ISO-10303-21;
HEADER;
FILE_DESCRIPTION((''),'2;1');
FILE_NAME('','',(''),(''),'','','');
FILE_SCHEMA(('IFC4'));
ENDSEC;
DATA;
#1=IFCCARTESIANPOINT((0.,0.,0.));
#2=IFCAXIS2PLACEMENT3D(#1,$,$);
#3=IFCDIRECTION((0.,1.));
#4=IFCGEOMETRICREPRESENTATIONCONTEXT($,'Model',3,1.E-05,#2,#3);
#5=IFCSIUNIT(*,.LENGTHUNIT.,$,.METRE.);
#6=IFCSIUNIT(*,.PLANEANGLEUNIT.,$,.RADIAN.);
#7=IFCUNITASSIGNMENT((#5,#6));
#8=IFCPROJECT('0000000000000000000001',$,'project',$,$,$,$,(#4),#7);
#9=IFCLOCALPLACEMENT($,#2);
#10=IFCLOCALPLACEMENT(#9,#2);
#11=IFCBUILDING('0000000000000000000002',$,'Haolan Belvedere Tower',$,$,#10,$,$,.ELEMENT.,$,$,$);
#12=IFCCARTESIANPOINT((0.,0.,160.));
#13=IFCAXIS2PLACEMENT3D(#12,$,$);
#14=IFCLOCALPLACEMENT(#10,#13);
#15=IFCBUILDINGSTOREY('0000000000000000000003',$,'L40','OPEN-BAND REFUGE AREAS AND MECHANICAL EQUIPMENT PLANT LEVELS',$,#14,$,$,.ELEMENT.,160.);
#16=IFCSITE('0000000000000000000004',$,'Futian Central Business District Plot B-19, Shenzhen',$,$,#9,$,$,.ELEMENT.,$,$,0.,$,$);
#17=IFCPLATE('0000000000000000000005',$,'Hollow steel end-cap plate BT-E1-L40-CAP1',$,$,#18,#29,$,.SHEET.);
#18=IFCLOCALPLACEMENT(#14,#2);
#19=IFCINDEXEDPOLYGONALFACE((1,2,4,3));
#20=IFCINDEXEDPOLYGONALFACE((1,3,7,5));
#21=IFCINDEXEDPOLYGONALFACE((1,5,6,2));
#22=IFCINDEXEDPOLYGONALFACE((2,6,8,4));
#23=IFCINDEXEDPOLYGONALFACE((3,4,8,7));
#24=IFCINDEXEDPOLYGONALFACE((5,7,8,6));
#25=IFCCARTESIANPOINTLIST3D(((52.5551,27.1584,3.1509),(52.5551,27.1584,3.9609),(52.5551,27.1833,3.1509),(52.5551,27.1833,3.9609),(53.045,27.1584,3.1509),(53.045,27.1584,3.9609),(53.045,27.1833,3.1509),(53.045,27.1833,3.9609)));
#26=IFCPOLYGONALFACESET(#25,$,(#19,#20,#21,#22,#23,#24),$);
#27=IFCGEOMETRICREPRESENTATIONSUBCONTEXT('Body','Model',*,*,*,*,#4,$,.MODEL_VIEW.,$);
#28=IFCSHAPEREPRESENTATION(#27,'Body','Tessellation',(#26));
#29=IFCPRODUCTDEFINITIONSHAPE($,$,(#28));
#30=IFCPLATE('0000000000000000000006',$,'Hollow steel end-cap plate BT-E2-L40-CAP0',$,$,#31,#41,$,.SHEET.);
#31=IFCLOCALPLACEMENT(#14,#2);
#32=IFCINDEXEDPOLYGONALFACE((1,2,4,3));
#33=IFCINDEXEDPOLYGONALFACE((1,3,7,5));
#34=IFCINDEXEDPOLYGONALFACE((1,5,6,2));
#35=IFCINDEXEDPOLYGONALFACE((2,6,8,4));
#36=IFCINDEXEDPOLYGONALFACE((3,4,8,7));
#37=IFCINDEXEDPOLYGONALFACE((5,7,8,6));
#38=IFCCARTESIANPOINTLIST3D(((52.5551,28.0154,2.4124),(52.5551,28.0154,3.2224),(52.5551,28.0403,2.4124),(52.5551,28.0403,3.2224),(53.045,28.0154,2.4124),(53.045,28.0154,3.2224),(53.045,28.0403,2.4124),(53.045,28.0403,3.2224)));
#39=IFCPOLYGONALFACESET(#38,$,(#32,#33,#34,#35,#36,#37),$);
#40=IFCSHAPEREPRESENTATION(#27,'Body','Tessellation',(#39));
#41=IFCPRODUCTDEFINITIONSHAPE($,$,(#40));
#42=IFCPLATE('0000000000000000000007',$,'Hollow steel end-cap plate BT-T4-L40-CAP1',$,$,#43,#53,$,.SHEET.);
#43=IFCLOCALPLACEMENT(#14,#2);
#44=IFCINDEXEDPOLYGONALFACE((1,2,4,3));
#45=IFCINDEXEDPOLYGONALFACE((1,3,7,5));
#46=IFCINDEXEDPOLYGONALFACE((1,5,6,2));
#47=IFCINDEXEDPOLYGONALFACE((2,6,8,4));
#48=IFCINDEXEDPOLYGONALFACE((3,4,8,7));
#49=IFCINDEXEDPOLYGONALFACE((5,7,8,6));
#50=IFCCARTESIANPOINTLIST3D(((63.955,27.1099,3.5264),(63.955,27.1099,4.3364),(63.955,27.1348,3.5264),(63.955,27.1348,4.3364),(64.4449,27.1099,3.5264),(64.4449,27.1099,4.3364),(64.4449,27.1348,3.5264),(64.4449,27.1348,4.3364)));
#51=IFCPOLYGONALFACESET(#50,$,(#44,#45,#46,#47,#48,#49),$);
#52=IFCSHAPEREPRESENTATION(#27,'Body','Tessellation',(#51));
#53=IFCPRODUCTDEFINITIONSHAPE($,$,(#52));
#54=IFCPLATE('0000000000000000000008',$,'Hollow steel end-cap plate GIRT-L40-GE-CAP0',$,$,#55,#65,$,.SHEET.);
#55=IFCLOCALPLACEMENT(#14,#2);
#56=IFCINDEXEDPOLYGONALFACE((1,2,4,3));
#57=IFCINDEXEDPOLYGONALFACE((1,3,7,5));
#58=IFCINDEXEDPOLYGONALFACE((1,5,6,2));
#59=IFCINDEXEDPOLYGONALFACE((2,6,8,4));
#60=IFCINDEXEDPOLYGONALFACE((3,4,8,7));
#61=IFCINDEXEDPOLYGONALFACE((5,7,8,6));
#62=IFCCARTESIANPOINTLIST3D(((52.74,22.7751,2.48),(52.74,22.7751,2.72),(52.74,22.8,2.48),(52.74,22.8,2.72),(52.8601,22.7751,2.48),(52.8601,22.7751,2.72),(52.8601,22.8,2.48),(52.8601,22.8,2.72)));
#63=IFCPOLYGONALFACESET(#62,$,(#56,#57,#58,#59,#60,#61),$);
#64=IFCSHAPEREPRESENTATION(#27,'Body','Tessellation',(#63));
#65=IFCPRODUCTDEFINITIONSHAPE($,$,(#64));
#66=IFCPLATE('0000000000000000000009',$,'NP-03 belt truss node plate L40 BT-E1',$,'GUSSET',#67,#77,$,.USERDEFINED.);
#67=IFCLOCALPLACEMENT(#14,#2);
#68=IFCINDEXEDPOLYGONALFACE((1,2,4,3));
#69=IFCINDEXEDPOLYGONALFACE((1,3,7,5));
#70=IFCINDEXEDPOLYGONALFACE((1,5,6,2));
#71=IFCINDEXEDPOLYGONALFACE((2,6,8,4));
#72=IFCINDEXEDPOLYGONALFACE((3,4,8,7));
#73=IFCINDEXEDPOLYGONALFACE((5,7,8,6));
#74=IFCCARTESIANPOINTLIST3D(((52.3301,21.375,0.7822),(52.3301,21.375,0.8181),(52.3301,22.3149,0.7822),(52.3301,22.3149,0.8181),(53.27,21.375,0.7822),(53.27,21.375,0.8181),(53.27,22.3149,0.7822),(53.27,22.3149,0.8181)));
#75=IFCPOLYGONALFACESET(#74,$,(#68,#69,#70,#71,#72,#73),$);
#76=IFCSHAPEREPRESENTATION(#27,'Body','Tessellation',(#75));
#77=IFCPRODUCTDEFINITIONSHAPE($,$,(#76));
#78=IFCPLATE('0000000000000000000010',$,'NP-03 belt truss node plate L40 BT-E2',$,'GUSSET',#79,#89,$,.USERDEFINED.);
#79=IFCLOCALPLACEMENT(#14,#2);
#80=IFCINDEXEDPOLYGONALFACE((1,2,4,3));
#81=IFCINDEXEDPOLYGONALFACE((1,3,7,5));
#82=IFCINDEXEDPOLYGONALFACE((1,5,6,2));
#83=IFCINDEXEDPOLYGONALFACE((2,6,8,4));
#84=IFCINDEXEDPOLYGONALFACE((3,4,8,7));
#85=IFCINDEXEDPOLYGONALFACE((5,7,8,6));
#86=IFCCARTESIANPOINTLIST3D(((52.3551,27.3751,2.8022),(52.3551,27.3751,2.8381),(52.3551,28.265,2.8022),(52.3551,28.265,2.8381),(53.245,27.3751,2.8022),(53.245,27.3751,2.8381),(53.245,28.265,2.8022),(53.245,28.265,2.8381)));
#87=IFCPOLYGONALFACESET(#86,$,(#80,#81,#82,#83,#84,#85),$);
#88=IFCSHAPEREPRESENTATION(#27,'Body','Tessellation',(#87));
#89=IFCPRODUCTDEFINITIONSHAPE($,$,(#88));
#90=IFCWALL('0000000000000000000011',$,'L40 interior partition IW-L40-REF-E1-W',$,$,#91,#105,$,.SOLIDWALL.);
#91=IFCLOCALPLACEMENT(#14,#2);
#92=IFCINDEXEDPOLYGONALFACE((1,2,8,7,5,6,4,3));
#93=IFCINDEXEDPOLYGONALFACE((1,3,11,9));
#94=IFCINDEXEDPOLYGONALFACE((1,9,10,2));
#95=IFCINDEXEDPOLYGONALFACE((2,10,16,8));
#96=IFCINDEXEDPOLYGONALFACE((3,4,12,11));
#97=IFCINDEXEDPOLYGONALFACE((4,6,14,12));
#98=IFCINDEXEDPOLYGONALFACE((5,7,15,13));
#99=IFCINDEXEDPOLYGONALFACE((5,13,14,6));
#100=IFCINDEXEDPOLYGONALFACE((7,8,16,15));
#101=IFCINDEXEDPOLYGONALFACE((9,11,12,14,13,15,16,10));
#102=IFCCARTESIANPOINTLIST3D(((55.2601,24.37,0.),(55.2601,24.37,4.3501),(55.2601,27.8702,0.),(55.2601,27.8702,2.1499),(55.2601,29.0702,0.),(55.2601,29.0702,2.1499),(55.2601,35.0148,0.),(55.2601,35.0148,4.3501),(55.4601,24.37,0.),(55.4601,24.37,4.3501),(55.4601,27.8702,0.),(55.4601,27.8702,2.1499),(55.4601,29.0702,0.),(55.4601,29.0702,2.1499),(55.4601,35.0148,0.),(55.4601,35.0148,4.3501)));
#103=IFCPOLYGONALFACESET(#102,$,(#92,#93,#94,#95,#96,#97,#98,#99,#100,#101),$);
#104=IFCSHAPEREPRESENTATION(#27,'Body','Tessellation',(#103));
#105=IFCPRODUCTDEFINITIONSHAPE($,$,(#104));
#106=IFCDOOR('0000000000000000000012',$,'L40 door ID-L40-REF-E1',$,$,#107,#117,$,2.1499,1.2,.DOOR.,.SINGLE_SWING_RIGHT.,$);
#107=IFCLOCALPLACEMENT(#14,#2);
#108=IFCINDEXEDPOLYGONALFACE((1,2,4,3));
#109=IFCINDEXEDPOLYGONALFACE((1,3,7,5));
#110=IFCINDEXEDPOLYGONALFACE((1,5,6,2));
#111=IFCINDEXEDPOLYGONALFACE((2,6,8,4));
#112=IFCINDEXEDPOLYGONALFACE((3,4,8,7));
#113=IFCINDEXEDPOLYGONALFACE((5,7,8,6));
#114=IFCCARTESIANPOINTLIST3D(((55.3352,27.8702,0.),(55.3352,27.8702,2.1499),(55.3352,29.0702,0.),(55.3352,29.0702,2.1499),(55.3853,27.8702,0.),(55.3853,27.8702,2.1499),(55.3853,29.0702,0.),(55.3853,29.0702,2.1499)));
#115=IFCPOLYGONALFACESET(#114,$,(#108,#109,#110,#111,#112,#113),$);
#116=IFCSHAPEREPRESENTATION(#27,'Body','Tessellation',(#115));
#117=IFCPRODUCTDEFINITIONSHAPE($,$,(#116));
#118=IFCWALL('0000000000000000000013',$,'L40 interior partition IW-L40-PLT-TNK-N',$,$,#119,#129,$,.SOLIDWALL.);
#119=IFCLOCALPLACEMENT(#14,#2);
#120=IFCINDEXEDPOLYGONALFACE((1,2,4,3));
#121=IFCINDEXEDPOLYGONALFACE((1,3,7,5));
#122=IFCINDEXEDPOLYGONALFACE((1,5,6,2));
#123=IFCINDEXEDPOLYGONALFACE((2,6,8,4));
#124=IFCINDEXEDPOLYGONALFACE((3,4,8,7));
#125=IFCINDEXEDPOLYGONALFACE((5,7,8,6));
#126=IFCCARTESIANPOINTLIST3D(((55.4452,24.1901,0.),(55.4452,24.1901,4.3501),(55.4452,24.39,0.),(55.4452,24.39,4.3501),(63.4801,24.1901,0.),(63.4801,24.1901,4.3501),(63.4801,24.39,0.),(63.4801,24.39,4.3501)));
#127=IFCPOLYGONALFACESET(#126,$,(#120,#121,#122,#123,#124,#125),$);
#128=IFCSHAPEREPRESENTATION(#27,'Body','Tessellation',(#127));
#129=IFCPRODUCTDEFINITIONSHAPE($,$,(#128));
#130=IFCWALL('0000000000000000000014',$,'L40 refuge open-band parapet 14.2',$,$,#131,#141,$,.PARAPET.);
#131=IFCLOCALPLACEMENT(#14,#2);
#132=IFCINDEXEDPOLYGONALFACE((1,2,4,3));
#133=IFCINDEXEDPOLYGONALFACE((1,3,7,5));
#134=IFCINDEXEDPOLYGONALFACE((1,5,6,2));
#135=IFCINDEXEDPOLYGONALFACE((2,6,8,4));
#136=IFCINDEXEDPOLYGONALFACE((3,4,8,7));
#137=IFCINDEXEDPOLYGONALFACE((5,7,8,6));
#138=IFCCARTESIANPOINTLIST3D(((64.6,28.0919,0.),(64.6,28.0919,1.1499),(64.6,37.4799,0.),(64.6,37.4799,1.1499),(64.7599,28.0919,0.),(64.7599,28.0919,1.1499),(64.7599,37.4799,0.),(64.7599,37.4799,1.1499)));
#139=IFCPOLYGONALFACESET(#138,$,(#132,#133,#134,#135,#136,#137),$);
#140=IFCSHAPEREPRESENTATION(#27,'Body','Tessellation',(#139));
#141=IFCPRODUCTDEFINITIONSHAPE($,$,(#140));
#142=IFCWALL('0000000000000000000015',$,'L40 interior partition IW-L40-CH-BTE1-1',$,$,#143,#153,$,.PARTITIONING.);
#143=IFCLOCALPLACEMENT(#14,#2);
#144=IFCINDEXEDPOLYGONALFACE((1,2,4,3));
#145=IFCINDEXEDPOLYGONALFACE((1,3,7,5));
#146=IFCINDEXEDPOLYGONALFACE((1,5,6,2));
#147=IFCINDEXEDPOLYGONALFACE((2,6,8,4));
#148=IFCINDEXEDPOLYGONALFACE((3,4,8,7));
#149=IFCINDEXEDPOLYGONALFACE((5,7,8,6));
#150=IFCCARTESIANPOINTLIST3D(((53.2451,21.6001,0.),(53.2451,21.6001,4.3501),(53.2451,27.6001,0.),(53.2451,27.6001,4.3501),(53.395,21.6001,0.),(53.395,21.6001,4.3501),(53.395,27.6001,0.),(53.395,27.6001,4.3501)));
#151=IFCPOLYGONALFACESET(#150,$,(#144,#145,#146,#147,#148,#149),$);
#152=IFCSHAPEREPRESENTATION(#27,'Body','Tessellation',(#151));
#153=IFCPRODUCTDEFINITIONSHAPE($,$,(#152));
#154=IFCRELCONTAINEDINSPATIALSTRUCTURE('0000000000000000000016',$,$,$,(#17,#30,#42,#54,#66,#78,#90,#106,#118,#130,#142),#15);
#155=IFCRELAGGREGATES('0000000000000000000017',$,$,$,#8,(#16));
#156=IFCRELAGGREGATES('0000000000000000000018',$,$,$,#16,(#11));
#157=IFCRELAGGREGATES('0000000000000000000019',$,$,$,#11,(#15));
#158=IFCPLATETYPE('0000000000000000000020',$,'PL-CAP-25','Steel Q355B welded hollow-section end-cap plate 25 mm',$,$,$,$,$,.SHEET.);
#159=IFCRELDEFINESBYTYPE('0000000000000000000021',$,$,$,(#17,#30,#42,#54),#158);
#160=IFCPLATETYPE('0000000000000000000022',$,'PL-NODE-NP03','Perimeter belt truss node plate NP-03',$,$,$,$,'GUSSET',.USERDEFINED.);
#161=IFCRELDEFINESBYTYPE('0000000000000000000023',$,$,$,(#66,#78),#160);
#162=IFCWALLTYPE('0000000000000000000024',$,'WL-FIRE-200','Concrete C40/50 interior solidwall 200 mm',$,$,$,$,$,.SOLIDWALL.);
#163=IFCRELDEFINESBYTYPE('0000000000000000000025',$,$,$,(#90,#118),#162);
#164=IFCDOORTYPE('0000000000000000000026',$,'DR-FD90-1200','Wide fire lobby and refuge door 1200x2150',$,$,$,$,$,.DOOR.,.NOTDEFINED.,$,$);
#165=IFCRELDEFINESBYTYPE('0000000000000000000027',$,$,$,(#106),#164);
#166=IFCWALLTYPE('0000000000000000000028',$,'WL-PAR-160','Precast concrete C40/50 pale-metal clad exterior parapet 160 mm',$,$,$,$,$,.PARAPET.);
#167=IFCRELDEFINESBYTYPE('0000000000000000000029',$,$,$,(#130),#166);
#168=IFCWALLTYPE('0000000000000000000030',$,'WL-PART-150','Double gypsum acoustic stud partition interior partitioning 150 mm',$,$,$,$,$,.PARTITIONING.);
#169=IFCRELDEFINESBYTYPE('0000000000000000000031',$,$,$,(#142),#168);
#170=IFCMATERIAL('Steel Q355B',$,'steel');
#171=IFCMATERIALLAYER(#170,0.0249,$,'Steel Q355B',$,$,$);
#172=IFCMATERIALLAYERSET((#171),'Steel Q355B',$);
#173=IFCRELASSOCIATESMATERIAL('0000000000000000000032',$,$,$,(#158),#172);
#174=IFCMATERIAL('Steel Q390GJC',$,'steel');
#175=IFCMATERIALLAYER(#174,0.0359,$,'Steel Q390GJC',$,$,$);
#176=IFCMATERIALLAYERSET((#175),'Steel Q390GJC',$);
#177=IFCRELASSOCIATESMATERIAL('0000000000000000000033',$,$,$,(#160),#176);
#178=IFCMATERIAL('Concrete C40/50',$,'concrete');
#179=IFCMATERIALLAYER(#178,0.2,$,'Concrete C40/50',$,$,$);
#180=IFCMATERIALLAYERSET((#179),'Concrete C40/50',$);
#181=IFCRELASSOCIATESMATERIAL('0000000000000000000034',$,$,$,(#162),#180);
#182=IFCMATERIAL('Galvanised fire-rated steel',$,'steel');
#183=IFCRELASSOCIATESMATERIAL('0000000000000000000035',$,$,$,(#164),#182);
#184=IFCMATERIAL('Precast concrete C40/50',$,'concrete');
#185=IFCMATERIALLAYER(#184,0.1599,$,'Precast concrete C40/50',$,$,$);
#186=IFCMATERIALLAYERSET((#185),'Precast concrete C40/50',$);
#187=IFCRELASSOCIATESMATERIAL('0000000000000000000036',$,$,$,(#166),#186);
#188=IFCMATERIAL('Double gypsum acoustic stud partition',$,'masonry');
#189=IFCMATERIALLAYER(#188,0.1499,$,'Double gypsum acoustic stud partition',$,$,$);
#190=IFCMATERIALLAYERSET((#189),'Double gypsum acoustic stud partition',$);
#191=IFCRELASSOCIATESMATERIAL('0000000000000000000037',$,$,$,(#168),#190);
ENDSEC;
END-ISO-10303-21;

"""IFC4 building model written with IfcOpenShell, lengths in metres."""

from ifc_helpers import new_model, si_unit, direction, frame, frame_2d, origin, origin_2d, place, context, subcontext, project, spatial, rectangle, extrude, material, layer, layer_set, type_object, element, fill, save


model = new_model("IFC4")

# Units and contexts
model_context = context("Model", 3, precision=1e-05, world=origin(), true_north=direction((0.0, 1.0)))
body_context = subcontext(model_context, "Body", "Model", "MODEL_VIEW")
ifc_project = project(units=[si_unit("LENGTHUNIT", "METRE"), si_unit("PLANEANGLEUNIT", "RADIAN")], contexts=[model_context])

# Site, building, storey
site_placement = place(None, origin())
site = spatial("IfcSite", under=ifc_project, at=site_placement, Name="Futian Central Business District Plot B-19, Shenzhen", CompositionType="ELEMENT", RefElevation=0.0)
building_placement = place(site_placement, origin())
building = spatial("IfcBuilding", under=site, at=building_placement, Name="Haolan Belvedere Tower", CompositionType="ELEMENT")
storey_placement = place(building_placement, frame((0.0, 0.0, 160.0)))
storey = spatial("IfcBuildingStorey", under=building, at=storey_placement, Name="L40", Description="OPEN-BAND REFUGE AREAS AND MECHANICAL EQUIPMENT PLANT LEVELS", CompositionType="ELEMENT", Elevation=160.0)

# Shared definitions
ifc_material_1 = material(Name="Steel Q390GJC", Category="steel")

# Shared definitions
ifc_material_2 = material(Name="Steel Q355B", Category="steel")

# Plates
ifc_layer_1 = layer(ifc_material_2, 0.0249, Name="Steel Q355B")
ifc_layer_set_1 = layer_set([ifc_layer_1], Name="Steel Q355B")
plate_type_1 = type_object("IfcPlateType", Name="PL-CAP-25", Description="Steel Q355B welded hollow-section end-cap plate 25 mm", PredefinedType="SHEET", material=ifc_layer_set_1)
for number, where, z_axis, x_axis, name in (
    (1, (52.8, 27.1709, 3.1509), (0.0, 0.0, 1.0), (-1.0, 0.0, 0.0), "Hollow steel end-cap plate BT-E1-L40-CAP1"),
    (2, (52.8, 28.0278, 2.4124), (0.0, 0.0, 1.0), (1.0, 0.0, 0.0), "Hollow steel end-cap plate BT-E2-L40-CAP0"),
    (3, (64.2, 27.1223, 3.5264), (0.0, 0.0, 1.0), (-1.0, 0.0, 0.0), "Hollow steel end-cap plate BT-T4-L40-CAP1"),
):
    element("IfcPlate", number, at=place(storey_placement, frame(where, z_axis=z_axis, x_axis=x_axis)), inside=storey, type_object=plate_type_1, Name=name, PredefinedType="SHEET", context=body_context, shape_type="SweptSolid", body=[
        extrude(rectangle(XDim=0.49, YDim=0.0249, at=origin_2d()), origin(), (0.0, 0.0, 1.0), 0.8101),
    ])
plate_1_placement = place(storey_placement, frame((52.8, 22.7876, 2.48), z_axis=(0.0, 0.0, 1.0), x_axis=(1.0, 0.0, 0.0)))
element("IfcPlate", 4, at=plate_1_placement, inside=storey, type_object=plate_type_1, Name="Hollow steel end-cap plate GIRT-L40-GE-CAP0", PredefinedType="SHEET", context=body_context, shape_type="SweptSolid", body=[
    extrude(rectangle(XDim=0.1201, YDim=0.0249, at=origin_2d()), origin(), (0.0, 0.0, 1.0), 0.24),
])
ifc_layer_2 = layer(ifc_material_1, 0.0359, Name="Steel Q390GJC")
ifc_layer_set_2 = layer_set([ifc_layer_2], Name="Steel Q390GJC")
plate_type_2 = type_object("IfcPlateType", Name="PL-NODE-NP03", Description="Perimeter belt truss node plate NP-03", ElementType="GUSSET", PredefinedType="USERDEFINED", material=ifc_layer_set_2)
plate_2_placement = place(storey_placement, frame((52.8, 21.845, 0.7822), z_axis=(0.0, 0.0, 1.0), x_axis=(1.0, 0.0, 0.0)))
element("IfcPlate", 5, at=plate_2_placement, inside=storey, type_object=plate_type_2, Name="NP-03 belt truss node plate L40 BT-E1", ObjectType="GUSSET", PredefinedType="USERDEFINED", context=body_context, shape_type="SweptSolid", body=[
    extrude(rectangle(XDim=0.9399, YDim=0.9399, at=origin_2d()), origin(), (0.0, 0.0, 1.0), 0.0359),
])
plate_3_placement = place(storey_placement, frame((52.8, 27.8201, 2.8022), z_axis=(0.0, 0.0, 1.0), x_axis=(1.0, 0.0, 0.0)))
element("IfcPlate", 6, at=plate_3_placement, inside=storey, type_object=plate_type_2, Name="NP-03 belt truss node plate L40 BT-E2", ObjectType="GUSSET", PredefinedType="USERDEFINED", context=body_context, shape_type="SweptSolid", body=[
    extrude(rectangle(XDim=0.8899, YDim=0.8899, at=origin_2d()), origin(), (0.0, 0.0, 1.0), 0.0359),
])

# Wall, opening, door
ifc_material_3 = material(Name="Concrete C40/50", Category="concrete")
ifc_layer_3 = layer(ifc_material_3, 0.2, Name="Concrete C40/50")
ifc_layer_set_3 = layer_set([ifc_layer_3], Name="Concrete C40/50")
wall_type_1 = type_object("IfcWallType", Name="WL-FIRE-200", Description="Concrete C40/50 interior solidwall 200 mm", PredefinedType="SOLIDWALL", material=ifc_layer_set_3)
wall_1_placement = place(storey_placement, frame((55.3601, 24.3701, 0.0), z_axis=(0.0, 0.0, 1.0), x_axis=(0.0, 1.0, 0.0)))
wall_1 = element("IfcWall", 7, at=wall_1_placement, inside=storey, type_object=wall_type_1, Name="L40 interior partition IW-L40-REF-E1-W", PredefinedType="SOLIDWALL", context=body_context, shape_type="SweptSolid", body=[
    extrude(rectangle(XDim=10.6448, YDim=0.2, at=frame_2d((5.3223, 0.0))), origin(), (0.0, 0.0, 1.0), 4.3501),
])
opening_placement = place(wall_1_placement, frame((3.5, 0.0, 0.0)))
opening = element("IfcOpeningElement", 8, at=opening_placement, cuts=wall_1, PredefinedType="OPENING", context=body_context, shape_type="SweptSolid", body=[
    extrude(rectangle(XDim=1.2, YDim=2.1499, at=frame_2d((0.6001, 1.075))), frame((0.0, 0.1099, 0.0), z_axis=(0.0, -1.0, 0.0), x_axis=(1.0, 0.0, 0.0)), (0.0, 0.0, 1.0), 0.22),
])
ifc_material_4 = material(Name="Galvanised fire-rated steel", Category="steel")
door_type = type_object("IfcDoorType", Name="DR-FD90-1200", Description="Wide fire lobby and refuge door 1200x2150", OperationType="NOTDEFINED", PredefinedType="DOOR", material=ifc_material_4)
door_placement = place(opening_placement, origin())
door = element("IfcDoor", 9, at=door_placement, inside=storey, type_object=door_type, Name="L40 door ID-L40-REF-E1", OperationType="SINGLE_SWING_RIGHT", OverallHeight=2.1499, OverallWidth=1.2, PredefinedType="DOOR", context=body_context, shape_type="SweptSolid", body=[
    extrude(rectangle(XDim=1.2, YDim=2.1499, at=frame_2d((0.6001, 1.075))), frame((0.0, 0.0249, 0.0), z_axis=(0.0, -1.0, 0.0), x_axis=(1.0, 0.0, 0.0)), (0.0, 0.0, 1.0), 0.05),
])
fill(opening, door)

# Walls
wall_2_placement = place(storey_placement, frame((55.4451, 24.29, 0.0), z_axis=(0.0, 0.0, 1.0), x_axis=(1.0, 0.0, 0.0)))
element("IfcWall", 10, at=wall_2_placement, inside=storey, type_object=wall_type_1, Name="L40 interior partition IW-L40-PLT-TNK-N", PredefinedType="SOLIDWALL", context=body_context, shape_type="SweptSolid", body=[
    extrude(rectangle(XDim=8.0349, YDim=0.2, at=frame_2d((4.0176, 0.0))), origin(), (0.0, 0.0, 1.0), 4.3501),
])
ifc_material_5 = material(Name="Precast concrete C40/50", Category="concrete")
ifc_layer_4 = layer(ifc_material_5, 0.1599, Name="Precast concrete C40/50")
ifc_layer_set_4 = layer_set([ifc_layer_4], Name="Precast concrete C40/50")
wall_type_2 = type_object("IfcWallType", Name="WL-PAR-160", Description="Precast concrete C40/50 pale-metal clad exterior parapet 160 mm", PredefinedType="PARAPET", material=ifc_layer_set_4)
wall_3_placement = place(storey_placement, frame((64.6799, 28.092, 0.0), z_axis=(0.0, 0.0, 1.0), x_axis=(0.0, 1.0, 0.0)))
element("IfcWall", 11, at=wall_3_placement, inside=storey, type_object=wall_type_2, Name="L40 refuge open-band parapet 14.2", PredefinedType="PARAPET", context=body_context, shape_type="SweptSolid", body=[
    extrude(rectangle(XDim=9.3879, YDim=0.1599, at=frame_2d((4.6938, 0.0))), origin(), (0.0, 0.0, 1.0), 1.1499),
])
ifc_material_6 = material(Name="Double gypsum acoustic stud partition", Category="masonry")
ifc_layer_5 = layer(ifc_material_6, 0.1499, Name="Double gypsum acoustic stud partition")
ifc_layer_set_5 = layer_set([ifc_layer_5], Name="Double gypsum acoustic stud partition")
wall_type_3 = type_object("IfcWallType", Name="WL-PART-150", Description="Double gypsum acoustic stud partition interior partitioning 150 mm", PredefinedType="PARTITIONING", material=ifc_layer_set_5)
wall_4_placement = place(storey_placement, frame((53.3201, 21.6001, 0.0), z_axis=(0.0, 0.0, 1.0), x_axis=(0.0, 1.0, 0.0)))
element("IfcWall", 12, at=wall_4_placement, inside=storey, type_object=wall_type_3, Name="L40 interior partition IW-L40-CH-BTE1-1", PredefinedType="PARTITIONING", context=body_context, shape_type="SweptSolid", body=[
    extrude(rectangle(XDim=6.0, YDim=0.1499, at=frame_2d((3.0, 0.0))), origin(), (0.0, 0.0, 1.0), 4.3501),
])

save(model, "model.ifc")
